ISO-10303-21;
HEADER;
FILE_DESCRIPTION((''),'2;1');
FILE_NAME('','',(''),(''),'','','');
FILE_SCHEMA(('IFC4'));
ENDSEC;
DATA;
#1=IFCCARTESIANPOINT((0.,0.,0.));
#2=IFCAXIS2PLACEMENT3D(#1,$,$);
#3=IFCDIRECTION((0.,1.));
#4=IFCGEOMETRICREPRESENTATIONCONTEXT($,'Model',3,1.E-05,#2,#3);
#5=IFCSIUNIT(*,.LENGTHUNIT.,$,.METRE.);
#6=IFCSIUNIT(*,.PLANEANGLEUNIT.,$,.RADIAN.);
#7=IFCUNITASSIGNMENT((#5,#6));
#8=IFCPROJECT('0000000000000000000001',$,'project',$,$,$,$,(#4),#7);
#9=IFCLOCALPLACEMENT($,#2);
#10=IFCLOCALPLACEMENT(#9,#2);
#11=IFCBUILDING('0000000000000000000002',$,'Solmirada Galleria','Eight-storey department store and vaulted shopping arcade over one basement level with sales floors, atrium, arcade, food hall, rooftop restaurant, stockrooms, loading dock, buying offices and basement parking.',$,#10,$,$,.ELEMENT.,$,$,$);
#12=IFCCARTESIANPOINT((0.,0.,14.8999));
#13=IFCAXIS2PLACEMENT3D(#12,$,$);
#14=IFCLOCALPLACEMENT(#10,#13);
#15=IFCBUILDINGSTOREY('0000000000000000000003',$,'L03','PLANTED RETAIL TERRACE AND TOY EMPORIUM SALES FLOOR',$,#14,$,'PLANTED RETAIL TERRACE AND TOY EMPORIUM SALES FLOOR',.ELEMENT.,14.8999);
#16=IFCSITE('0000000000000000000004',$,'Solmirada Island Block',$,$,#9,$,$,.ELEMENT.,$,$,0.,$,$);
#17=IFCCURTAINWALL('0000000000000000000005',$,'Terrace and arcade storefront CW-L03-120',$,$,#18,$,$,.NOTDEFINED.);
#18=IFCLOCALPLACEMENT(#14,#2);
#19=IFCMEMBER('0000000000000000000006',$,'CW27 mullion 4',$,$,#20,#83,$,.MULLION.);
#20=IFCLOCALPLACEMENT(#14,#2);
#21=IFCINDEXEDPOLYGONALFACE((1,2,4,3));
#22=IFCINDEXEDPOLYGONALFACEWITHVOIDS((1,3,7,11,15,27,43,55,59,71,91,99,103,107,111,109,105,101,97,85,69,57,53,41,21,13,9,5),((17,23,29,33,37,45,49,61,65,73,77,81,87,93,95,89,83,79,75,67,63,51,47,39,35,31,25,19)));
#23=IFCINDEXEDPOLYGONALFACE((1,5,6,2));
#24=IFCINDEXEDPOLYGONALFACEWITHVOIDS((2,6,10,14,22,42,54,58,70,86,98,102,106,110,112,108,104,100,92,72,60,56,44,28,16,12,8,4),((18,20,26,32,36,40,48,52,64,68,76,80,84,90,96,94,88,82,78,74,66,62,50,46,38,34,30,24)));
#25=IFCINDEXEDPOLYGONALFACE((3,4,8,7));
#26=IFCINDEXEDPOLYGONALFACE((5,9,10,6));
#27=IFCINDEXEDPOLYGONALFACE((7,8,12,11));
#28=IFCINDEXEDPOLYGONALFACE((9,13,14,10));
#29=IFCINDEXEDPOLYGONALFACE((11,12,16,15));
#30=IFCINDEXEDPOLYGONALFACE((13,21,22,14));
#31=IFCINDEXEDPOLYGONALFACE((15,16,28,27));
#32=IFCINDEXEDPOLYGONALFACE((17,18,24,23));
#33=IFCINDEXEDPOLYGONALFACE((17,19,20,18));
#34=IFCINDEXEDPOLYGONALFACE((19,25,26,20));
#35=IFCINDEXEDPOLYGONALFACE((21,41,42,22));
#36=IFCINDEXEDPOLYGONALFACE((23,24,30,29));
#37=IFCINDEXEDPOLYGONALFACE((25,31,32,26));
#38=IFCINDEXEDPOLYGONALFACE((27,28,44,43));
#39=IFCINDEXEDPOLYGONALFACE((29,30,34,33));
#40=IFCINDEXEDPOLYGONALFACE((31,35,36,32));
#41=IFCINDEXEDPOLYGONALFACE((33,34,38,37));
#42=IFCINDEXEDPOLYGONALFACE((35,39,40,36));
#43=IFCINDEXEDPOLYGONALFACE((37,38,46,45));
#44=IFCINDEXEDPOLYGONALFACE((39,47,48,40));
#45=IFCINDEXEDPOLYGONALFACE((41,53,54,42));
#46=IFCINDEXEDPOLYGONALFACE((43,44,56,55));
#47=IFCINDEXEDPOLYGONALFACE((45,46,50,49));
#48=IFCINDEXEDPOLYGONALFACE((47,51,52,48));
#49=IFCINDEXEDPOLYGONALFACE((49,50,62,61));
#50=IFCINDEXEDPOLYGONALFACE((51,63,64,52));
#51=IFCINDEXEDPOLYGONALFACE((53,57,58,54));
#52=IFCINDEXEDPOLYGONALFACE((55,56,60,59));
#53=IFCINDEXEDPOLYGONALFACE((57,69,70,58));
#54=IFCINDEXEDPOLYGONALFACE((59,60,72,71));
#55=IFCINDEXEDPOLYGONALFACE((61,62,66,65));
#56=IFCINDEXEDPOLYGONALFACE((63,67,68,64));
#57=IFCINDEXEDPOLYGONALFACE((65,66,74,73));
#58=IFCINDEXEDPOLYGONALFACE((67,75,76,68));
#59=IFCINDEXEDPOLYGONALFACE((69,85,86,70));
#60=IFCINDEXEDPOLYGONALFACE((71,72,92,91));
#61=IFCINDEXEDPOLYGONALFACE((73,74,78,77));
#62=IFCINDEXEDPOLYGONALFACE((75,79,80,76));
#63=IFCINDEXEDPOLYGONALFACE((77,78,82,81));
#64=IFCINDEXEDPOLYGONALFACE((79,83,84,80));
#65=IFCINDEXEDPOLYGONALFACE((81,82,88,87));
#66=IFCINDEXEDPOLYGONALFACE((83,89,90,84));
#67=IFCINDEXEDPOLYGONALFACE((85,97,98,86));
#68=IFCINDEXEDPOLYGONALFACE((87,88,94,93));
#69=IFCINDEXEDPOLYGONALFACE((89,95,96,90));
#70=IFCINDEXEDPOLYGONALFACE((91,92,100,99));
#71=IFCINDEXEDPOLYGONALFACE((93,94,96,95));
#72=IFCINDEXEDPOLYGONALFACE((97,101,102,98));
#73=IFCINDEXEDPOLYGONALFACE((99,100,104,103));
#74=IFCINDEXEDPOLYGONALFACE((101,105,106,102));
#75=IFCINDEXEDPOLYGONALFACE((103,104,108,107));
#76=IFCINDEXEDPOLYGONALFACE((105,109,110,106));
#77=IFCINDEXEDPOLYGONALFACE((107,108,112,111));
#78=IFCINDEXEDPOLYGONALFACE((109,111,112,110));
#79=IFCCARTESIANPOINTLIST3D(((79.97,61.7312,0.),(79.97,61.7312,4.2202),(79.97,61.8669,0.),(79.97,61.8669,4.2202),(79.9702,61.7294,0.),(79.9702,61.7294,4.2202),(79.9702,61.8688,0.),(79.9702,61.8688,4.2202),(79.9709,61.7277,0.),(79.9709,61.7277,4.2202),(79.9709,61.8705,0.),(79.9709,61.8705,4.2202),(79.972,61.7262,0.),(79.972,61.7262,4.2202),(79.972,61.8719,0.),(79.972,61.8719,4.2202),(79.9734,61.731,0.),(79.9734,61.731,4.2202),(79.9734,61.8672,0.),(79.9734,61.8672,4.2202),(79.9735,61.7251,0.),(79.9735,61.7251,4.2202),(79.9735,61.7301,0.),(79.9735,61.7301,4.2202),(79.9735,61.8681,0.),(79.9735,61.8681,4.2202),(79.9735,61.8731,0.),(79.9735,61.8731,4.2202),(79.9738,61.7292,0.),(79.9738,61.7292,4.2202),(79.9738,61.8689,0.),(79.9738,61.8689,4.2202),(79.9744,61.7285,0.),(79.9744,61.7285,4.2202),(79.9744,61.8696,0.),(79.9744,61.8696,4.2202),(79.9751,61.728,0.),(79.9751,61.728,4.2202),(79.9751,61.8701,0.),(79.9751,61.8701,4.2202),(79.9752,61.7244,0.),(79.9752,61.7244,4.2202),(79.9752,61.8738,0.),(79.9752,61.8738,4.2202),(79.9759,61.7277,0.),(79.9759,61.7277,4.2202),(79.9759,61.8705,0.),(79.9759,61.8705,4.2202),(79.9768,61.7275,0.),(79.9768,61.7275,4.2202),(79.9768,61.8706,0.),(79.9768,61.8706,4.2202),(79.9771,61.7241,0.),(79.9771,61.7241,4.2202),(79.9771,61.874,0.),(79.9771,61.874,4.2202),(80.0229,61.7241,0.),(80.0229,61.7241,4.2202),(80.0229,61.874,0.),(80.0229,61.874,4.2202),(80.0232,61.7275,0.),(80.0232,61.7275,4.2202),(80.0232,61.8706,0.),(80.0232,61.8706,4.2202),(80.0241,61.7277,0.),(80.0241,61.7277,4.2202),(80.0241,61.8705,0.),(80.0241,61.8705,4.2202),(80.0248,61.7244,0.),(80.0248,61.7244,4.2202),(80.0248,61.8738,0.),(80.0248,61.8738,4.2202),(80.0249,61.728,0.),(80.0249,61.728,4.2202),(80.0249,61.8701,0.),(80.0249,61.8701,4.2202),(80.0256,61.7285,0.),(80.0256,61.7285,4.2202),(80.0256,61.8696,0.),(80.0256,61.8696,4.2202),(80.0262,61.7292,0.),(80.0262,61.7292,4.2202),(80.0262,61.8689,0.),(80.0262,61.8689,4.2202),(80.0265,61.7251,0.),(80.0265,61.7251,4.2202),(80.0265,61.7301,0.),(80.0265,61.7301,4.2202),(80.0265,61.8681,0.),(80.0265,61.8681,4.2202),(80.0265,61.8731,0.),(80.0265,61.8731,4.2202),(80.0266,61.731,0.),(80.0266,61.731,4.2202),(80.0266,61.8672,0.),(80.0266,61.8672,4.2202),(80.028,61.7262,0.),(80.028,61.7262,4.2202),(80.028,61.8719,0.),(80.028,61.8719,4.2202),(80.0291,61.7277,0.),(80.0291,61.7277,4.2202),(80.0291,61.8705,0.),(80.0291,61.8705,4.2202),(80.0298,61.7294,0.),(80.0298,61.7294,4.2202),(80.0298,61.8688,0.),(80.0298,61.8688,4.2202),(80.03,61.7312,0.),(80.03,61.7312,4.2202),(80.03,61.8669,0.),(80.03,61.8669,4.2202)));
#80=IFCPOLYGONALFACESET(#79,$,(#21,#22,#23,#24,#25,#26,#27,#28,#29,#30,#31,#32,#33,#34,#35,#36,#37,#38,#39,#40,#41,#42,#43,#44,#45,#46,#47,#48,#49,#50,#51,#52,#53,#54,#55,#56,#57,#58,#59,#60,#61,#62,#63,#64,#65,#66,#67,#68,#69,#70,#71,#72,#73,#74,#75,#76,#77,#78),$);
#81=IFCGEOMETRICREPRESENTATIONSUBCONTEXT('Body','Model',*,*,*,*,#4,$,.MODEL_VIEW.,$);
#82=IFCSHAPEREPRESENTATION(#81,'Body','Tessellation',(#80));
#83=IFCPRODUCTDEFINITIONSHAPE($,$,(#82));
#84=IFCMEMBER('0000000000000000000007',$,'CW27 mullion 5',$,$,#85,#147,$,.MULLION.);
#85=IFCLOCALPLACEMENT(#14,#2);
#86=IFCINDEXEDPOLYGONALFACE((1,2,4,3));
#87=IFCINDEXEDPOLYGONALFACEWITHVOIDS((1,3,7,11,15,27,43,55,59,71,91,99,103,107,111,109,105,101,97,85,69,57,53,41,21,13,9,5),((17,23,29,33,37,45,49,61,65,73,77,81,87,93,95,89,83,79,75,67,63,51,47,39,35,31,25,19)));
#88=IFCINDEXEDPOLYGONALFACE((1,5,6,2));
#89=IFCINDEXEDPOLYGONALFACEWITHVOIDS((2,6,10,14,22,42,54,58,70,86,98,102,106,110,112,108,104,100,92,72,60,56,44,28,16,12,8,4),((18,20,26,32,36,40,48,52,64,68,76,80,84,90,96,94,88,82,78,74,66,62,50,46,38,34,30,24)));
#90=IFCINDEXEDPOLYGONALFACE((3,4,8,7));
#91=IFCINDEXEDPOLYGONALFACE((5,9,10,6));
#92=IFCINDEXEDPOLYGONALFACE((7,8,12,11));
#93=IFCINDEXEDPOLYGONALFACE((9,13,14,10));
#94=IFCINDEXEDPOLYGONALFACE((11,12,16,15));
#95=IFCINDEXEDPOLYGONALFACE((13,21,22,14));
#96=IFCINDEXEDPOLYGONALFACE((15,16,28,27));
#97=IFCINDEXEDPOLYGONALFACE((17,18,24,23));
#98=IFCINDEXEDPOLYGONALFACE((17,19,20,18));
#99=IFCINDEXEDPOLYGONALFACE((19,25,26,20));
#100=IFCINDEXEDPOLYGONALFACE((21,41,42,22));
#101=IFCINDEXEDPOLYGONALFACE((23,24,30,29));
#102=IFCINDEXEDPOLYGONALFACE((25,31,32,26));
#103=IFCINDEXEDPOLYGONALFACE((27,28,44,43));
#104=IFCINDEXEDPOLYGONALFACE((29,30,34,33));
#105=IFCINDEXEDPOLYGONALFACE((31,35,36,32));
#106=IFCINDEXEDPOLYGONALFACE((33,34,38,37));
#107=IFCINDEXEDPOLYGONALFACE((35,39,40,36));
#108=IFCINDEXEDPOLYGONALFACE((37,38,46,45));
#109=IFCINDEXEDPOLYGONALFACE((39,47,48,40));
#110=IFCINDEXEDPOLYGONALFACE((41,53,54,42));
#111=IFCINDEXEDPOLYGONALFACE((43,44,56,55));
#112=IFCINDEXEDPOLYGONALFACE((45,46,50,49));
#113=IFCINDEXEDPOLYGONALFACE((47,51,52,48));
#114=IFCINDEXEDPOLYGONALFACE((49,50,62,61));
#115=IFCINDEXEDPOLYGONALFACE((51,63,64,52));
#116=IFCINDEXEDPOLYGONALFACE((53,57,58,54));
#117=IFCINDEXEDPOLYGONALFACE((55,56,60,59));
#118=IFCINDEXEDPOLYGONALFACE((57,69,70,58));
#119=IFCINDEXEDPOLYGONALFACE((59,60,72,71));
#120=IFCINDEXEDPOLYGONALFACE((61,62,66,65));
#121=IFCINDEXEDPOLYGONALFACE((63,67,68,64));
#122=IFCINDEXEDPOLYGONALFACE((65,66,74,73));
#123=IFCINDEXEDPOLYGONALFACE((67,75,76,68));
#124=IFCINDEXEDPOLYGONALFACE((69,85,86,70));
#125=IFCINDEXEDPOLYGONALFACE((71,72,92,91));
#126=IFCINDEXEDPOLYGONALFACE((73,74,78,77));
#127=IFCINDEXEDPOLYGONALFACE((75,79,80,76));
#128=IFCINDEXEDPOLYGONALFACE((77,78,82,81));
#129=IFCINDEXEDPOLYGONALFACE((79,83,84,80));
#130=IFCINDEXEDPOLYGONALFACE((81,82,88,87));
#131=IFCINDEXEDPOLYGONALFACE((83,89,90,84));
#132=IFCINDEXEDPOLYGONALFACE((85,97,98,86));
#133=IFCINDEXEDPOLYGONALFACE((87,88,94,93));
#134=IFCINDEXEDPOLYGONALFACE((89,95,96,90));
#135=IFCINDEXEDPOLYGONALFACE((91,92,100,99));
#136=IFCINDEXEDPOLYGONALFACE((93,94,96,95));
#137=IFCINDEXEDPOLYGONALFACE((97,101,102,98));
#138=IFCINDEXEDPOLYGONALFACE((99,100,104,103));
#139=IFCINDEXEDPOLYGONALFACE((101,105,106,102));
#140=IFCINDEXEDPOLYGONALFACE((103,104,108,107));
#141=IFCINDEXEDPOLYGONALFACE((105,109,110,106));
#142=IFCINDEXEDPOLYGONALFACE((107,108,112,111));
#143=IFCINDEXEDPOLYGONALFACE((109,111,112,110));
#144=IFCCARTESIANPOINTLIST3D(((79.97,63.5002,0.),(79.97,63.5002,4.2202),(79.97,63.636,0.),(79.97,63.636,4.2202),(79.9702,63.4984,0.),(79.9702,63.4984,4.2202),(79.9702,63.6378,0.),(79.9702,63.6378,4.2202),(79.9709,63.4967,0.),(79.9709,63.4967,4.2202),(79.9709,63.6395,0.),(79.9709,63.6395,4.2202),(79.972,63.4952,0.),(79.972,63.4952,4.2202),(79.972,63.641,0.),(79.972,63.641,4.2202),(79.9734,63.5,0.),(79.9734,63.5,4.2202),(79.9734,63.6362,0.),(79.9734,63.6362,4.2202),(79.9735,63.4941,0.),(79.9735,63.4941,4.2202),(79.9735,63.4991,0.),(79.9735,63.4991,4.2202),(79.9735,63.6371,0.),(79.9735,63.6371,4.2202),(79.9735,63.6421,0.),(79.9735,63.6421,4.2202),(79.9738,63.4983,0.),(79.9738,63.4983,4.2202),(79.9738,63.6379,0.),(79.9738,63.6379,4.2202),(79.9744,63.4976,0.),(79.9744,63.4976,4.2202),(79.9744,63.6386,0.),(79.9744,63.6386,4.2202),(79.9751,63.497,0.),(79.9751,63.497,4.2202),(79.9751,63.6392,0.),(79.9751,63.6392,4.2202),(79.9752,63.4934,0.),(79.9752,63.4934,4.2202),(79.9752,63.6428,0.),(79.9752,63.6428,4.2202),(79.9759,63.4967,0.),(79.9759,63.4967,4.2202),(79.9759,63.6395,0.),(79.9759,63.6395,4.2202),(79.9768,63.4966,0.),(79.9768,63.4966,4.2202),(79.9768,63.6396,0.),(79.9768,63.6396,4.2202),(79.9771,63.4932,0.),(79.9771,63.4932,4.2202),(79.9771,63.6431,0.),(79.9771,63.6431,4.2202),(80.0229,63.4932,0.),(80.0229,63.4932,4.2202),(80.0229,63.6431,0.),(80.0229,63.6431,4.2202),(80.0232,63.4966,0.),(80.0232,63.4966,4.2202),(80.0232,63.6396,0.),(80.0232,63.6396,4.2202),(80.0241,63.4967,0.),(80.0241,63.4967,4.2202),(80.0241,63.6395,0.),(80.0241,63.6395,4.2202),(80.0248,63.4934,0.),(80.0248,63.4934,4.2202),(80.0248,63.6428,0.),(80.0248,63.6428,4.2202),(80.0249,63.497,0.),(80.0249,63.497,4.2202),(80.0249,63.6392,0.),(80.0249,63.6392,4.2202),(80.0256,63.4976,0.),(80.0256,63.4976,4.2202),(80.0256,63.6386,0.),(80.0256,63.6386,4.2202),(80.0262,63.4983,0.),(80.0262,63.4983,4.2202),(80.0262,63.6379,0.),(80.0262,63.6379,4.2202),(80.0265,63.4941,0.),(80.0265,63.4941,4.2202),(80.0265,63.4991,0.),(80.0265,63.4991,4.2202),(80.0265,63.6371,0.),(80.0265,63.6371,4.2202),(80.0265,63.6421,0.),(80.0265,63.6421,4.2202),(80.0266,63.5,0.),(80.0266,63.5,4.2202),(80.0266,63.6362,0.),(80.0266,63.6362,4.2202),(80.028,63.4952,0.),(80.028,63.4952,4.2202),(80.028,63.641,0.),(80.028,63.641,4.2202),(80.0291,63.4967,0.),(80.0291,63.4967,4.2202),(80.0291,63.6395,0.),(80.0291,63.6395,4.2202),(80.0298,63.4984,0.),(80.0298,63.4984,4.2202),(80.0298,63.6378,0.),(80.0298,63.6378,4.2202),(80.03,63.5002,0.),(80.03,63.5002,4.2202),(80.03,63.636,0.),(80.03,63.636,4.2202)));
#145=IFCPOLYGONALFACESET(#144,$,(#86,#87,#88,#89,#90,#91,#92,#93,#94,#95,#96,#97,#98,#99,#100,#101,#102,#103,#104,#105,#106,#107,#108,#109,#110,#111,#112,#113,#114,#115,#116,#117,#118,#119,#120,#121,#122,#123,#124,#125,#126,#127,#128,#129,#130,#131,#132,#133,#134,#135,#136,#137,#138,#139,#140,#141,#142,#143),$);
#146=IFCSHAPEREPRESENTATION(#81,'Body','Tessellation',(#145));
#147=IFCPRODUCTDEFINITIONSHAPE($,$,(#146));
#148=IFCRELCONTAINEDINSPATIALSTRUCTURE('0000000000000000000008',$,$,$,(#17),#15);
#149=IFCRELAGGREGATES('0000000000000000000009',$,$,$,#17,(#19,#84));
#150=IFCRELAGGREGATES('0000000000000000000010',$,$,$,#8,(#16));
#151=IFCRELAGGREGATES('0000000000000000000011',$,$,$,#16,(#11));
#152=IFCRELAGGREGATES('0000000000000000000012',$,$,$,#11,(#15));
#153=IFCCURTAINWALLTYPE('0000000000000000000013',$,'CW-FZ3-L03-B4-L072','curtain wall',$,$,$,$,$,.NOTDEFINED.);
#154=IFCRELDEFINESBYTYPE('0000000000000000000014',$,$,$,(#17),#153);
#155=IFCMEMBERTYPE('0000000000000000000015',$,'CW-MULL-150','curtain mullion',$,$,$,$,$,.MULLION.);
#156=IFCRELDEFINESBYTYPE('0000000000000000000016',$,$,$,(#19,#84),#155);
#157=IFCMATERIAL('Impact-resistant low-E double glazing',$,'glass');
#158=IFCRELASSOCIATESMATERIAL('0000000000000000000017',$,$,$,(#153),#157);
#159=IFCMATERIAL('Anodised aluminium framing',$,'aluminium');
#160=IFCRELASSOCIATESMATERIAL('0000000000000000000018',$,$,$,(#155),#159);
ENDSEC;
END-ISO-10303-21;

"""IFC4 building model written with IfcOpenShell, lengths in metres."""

from ifc_helpers import new_model, si_unit, direction, frame, origin, origin_2d, place, context, subcontext, project, spatial, hollow_rectangle, extrude, material, material_profile, profile_set, type_object, element, aggregate, save


model = new_model("IFC4")

# Units and contexts
model_context = context("Model", 3, precision=1e-05, world=origin(), true_north=direction((0.0, 1.0)))
body_context = subcontext(model_context, "Body", "Model", "MODEL_VIEW")
ifc_project = project(units=[si_unit("LENGTHUNIT", "METRE"), si_unit("PLANEANGLEUNIT", "RADIAN")], contexts=[model_context])

# Site, building, storey
site_placement = place(None, origin())
site = spatial("IfcSite", under=ifc_project, at=site_placement, Name="Solmirada Island Block", CompositionType="ELEMENT", RefElevation=0.0)
building_placement = place(site_placement, origin())
building = spatial("IfcBuilding", under=site, at=building_placement, Name="Solmirada Galleria", Description="Eight-storey department store and vaulted shopping arcade over one basement level with sales floors, atrium, arcade, food hall, rooftop restaurant, stockrooms, loading dock, buying offices and basement parking.", CompositionType="ELEMENT")
storey_placement = place(building_placement, frame((0.0, 0.0, 14.8999)))
storey = spatial("IfcBuildingStorey", under=building, at=storey_placement, Name="L03", Description="PLANTED RETAIL TERRACE AND TOY EMPORIUM SALES FLOOR", LongName="PLANTED RETAIL TERRACE AND TOY EMPORIUM SALES FLOOR", CompositionType="ELEMENT", Elevation=14.8999)

# Curtain wall, members
ifc_material_1 = material(Name="Impact-resistant low-E double glazing", Category="glass")
curtain_wall_type = type_object("IfcCurtainWallType", Name="CW-FZ3-L03-B4-L072", Description="curtain wall", PredefinedType="NOTDEFINED", material=ifc_material_1)
curtain_wall_1_placement = place(storey_placement, origin())
curtain_wall_1 = element("IfcCurtainWall", 1, at=curtain_wall_1_placement, inside=storey, type_object=curtain_wall_type, Name="Terrace and arcade storefront CW-L03-120", PredefinedType="NOTDEFINED")
ifc_material_2 = material(Name="Anodised aluminium framing", Category="aluminium")
ifc_material_profile_1 = material_profile(ifc_material_2, hollow_rectangle(XDim=0.0601, YDim=0.1499, WallThickness=0.0034, InnerFilletRadius=0.0034, OuterFilletRadius=0.0071, at=origin_2d()), Name="ALU-MULL-150X60")
ifc_profile_set_1 = profile_set([ifc_material_profile_1], Name="Anodised aluminium framing")
member_type_1 = type_object("IfcMemberType", Name="CW-MULL-150", Description="curtain mullion", PredefinedType="MULLION", material=ifc_profile_set_1)
member_1_placement = place(storey_placement, frame((80.0, 61.7991, 0.0), z_axis=(0.0, 0.0, 1.0), x_axis=(-1.0, 0.0, 0.0)))
member_1 = element("IfcMember", 2, at=member_1_placement, type_object=member_type_1, Name="CW27 mullion 4", PredefinedType="MULLION", context=body_context, shape_type="SweptSolid", body=[
    extrude(hollow_rectangle(XDim=0.0601, YDim=0.1499, WallThickness=0.0034, InnerFilletRadius=0.0034, OuterFilletRadius=0.0071, at=origin_2d()), origin(), (0.0, 0.0, 1.0), 4.2202),
])
member_2_placement = place(storey_placement, frame((80.0, 63.5681, 0.0), z_axis=(0.0, 0.0, 1.0), x_axis=(-1.0, 0.0, 0.0)))
member_2 = element("IfcMember", 3, at=member_2_placement, type_object=member_type_1, Name="CW27 mullion 5", PredefinedType="MULLION", context=body_context, shape_type="SweptSolid", body=[
    extrude(hollow_rectangle(XDim=0.0601, YDim=0.1499, WallThickness=0.0034, InnerFilletRadius=0.0034, OuterFilletRadius=0.0071, at=origin_2d()), origin(), (0.0, 0.0, 1.0), 4.2202),
])

aggregate(curtain_wall_1, [member_1, member_2])

save(model, "model.ifc")
